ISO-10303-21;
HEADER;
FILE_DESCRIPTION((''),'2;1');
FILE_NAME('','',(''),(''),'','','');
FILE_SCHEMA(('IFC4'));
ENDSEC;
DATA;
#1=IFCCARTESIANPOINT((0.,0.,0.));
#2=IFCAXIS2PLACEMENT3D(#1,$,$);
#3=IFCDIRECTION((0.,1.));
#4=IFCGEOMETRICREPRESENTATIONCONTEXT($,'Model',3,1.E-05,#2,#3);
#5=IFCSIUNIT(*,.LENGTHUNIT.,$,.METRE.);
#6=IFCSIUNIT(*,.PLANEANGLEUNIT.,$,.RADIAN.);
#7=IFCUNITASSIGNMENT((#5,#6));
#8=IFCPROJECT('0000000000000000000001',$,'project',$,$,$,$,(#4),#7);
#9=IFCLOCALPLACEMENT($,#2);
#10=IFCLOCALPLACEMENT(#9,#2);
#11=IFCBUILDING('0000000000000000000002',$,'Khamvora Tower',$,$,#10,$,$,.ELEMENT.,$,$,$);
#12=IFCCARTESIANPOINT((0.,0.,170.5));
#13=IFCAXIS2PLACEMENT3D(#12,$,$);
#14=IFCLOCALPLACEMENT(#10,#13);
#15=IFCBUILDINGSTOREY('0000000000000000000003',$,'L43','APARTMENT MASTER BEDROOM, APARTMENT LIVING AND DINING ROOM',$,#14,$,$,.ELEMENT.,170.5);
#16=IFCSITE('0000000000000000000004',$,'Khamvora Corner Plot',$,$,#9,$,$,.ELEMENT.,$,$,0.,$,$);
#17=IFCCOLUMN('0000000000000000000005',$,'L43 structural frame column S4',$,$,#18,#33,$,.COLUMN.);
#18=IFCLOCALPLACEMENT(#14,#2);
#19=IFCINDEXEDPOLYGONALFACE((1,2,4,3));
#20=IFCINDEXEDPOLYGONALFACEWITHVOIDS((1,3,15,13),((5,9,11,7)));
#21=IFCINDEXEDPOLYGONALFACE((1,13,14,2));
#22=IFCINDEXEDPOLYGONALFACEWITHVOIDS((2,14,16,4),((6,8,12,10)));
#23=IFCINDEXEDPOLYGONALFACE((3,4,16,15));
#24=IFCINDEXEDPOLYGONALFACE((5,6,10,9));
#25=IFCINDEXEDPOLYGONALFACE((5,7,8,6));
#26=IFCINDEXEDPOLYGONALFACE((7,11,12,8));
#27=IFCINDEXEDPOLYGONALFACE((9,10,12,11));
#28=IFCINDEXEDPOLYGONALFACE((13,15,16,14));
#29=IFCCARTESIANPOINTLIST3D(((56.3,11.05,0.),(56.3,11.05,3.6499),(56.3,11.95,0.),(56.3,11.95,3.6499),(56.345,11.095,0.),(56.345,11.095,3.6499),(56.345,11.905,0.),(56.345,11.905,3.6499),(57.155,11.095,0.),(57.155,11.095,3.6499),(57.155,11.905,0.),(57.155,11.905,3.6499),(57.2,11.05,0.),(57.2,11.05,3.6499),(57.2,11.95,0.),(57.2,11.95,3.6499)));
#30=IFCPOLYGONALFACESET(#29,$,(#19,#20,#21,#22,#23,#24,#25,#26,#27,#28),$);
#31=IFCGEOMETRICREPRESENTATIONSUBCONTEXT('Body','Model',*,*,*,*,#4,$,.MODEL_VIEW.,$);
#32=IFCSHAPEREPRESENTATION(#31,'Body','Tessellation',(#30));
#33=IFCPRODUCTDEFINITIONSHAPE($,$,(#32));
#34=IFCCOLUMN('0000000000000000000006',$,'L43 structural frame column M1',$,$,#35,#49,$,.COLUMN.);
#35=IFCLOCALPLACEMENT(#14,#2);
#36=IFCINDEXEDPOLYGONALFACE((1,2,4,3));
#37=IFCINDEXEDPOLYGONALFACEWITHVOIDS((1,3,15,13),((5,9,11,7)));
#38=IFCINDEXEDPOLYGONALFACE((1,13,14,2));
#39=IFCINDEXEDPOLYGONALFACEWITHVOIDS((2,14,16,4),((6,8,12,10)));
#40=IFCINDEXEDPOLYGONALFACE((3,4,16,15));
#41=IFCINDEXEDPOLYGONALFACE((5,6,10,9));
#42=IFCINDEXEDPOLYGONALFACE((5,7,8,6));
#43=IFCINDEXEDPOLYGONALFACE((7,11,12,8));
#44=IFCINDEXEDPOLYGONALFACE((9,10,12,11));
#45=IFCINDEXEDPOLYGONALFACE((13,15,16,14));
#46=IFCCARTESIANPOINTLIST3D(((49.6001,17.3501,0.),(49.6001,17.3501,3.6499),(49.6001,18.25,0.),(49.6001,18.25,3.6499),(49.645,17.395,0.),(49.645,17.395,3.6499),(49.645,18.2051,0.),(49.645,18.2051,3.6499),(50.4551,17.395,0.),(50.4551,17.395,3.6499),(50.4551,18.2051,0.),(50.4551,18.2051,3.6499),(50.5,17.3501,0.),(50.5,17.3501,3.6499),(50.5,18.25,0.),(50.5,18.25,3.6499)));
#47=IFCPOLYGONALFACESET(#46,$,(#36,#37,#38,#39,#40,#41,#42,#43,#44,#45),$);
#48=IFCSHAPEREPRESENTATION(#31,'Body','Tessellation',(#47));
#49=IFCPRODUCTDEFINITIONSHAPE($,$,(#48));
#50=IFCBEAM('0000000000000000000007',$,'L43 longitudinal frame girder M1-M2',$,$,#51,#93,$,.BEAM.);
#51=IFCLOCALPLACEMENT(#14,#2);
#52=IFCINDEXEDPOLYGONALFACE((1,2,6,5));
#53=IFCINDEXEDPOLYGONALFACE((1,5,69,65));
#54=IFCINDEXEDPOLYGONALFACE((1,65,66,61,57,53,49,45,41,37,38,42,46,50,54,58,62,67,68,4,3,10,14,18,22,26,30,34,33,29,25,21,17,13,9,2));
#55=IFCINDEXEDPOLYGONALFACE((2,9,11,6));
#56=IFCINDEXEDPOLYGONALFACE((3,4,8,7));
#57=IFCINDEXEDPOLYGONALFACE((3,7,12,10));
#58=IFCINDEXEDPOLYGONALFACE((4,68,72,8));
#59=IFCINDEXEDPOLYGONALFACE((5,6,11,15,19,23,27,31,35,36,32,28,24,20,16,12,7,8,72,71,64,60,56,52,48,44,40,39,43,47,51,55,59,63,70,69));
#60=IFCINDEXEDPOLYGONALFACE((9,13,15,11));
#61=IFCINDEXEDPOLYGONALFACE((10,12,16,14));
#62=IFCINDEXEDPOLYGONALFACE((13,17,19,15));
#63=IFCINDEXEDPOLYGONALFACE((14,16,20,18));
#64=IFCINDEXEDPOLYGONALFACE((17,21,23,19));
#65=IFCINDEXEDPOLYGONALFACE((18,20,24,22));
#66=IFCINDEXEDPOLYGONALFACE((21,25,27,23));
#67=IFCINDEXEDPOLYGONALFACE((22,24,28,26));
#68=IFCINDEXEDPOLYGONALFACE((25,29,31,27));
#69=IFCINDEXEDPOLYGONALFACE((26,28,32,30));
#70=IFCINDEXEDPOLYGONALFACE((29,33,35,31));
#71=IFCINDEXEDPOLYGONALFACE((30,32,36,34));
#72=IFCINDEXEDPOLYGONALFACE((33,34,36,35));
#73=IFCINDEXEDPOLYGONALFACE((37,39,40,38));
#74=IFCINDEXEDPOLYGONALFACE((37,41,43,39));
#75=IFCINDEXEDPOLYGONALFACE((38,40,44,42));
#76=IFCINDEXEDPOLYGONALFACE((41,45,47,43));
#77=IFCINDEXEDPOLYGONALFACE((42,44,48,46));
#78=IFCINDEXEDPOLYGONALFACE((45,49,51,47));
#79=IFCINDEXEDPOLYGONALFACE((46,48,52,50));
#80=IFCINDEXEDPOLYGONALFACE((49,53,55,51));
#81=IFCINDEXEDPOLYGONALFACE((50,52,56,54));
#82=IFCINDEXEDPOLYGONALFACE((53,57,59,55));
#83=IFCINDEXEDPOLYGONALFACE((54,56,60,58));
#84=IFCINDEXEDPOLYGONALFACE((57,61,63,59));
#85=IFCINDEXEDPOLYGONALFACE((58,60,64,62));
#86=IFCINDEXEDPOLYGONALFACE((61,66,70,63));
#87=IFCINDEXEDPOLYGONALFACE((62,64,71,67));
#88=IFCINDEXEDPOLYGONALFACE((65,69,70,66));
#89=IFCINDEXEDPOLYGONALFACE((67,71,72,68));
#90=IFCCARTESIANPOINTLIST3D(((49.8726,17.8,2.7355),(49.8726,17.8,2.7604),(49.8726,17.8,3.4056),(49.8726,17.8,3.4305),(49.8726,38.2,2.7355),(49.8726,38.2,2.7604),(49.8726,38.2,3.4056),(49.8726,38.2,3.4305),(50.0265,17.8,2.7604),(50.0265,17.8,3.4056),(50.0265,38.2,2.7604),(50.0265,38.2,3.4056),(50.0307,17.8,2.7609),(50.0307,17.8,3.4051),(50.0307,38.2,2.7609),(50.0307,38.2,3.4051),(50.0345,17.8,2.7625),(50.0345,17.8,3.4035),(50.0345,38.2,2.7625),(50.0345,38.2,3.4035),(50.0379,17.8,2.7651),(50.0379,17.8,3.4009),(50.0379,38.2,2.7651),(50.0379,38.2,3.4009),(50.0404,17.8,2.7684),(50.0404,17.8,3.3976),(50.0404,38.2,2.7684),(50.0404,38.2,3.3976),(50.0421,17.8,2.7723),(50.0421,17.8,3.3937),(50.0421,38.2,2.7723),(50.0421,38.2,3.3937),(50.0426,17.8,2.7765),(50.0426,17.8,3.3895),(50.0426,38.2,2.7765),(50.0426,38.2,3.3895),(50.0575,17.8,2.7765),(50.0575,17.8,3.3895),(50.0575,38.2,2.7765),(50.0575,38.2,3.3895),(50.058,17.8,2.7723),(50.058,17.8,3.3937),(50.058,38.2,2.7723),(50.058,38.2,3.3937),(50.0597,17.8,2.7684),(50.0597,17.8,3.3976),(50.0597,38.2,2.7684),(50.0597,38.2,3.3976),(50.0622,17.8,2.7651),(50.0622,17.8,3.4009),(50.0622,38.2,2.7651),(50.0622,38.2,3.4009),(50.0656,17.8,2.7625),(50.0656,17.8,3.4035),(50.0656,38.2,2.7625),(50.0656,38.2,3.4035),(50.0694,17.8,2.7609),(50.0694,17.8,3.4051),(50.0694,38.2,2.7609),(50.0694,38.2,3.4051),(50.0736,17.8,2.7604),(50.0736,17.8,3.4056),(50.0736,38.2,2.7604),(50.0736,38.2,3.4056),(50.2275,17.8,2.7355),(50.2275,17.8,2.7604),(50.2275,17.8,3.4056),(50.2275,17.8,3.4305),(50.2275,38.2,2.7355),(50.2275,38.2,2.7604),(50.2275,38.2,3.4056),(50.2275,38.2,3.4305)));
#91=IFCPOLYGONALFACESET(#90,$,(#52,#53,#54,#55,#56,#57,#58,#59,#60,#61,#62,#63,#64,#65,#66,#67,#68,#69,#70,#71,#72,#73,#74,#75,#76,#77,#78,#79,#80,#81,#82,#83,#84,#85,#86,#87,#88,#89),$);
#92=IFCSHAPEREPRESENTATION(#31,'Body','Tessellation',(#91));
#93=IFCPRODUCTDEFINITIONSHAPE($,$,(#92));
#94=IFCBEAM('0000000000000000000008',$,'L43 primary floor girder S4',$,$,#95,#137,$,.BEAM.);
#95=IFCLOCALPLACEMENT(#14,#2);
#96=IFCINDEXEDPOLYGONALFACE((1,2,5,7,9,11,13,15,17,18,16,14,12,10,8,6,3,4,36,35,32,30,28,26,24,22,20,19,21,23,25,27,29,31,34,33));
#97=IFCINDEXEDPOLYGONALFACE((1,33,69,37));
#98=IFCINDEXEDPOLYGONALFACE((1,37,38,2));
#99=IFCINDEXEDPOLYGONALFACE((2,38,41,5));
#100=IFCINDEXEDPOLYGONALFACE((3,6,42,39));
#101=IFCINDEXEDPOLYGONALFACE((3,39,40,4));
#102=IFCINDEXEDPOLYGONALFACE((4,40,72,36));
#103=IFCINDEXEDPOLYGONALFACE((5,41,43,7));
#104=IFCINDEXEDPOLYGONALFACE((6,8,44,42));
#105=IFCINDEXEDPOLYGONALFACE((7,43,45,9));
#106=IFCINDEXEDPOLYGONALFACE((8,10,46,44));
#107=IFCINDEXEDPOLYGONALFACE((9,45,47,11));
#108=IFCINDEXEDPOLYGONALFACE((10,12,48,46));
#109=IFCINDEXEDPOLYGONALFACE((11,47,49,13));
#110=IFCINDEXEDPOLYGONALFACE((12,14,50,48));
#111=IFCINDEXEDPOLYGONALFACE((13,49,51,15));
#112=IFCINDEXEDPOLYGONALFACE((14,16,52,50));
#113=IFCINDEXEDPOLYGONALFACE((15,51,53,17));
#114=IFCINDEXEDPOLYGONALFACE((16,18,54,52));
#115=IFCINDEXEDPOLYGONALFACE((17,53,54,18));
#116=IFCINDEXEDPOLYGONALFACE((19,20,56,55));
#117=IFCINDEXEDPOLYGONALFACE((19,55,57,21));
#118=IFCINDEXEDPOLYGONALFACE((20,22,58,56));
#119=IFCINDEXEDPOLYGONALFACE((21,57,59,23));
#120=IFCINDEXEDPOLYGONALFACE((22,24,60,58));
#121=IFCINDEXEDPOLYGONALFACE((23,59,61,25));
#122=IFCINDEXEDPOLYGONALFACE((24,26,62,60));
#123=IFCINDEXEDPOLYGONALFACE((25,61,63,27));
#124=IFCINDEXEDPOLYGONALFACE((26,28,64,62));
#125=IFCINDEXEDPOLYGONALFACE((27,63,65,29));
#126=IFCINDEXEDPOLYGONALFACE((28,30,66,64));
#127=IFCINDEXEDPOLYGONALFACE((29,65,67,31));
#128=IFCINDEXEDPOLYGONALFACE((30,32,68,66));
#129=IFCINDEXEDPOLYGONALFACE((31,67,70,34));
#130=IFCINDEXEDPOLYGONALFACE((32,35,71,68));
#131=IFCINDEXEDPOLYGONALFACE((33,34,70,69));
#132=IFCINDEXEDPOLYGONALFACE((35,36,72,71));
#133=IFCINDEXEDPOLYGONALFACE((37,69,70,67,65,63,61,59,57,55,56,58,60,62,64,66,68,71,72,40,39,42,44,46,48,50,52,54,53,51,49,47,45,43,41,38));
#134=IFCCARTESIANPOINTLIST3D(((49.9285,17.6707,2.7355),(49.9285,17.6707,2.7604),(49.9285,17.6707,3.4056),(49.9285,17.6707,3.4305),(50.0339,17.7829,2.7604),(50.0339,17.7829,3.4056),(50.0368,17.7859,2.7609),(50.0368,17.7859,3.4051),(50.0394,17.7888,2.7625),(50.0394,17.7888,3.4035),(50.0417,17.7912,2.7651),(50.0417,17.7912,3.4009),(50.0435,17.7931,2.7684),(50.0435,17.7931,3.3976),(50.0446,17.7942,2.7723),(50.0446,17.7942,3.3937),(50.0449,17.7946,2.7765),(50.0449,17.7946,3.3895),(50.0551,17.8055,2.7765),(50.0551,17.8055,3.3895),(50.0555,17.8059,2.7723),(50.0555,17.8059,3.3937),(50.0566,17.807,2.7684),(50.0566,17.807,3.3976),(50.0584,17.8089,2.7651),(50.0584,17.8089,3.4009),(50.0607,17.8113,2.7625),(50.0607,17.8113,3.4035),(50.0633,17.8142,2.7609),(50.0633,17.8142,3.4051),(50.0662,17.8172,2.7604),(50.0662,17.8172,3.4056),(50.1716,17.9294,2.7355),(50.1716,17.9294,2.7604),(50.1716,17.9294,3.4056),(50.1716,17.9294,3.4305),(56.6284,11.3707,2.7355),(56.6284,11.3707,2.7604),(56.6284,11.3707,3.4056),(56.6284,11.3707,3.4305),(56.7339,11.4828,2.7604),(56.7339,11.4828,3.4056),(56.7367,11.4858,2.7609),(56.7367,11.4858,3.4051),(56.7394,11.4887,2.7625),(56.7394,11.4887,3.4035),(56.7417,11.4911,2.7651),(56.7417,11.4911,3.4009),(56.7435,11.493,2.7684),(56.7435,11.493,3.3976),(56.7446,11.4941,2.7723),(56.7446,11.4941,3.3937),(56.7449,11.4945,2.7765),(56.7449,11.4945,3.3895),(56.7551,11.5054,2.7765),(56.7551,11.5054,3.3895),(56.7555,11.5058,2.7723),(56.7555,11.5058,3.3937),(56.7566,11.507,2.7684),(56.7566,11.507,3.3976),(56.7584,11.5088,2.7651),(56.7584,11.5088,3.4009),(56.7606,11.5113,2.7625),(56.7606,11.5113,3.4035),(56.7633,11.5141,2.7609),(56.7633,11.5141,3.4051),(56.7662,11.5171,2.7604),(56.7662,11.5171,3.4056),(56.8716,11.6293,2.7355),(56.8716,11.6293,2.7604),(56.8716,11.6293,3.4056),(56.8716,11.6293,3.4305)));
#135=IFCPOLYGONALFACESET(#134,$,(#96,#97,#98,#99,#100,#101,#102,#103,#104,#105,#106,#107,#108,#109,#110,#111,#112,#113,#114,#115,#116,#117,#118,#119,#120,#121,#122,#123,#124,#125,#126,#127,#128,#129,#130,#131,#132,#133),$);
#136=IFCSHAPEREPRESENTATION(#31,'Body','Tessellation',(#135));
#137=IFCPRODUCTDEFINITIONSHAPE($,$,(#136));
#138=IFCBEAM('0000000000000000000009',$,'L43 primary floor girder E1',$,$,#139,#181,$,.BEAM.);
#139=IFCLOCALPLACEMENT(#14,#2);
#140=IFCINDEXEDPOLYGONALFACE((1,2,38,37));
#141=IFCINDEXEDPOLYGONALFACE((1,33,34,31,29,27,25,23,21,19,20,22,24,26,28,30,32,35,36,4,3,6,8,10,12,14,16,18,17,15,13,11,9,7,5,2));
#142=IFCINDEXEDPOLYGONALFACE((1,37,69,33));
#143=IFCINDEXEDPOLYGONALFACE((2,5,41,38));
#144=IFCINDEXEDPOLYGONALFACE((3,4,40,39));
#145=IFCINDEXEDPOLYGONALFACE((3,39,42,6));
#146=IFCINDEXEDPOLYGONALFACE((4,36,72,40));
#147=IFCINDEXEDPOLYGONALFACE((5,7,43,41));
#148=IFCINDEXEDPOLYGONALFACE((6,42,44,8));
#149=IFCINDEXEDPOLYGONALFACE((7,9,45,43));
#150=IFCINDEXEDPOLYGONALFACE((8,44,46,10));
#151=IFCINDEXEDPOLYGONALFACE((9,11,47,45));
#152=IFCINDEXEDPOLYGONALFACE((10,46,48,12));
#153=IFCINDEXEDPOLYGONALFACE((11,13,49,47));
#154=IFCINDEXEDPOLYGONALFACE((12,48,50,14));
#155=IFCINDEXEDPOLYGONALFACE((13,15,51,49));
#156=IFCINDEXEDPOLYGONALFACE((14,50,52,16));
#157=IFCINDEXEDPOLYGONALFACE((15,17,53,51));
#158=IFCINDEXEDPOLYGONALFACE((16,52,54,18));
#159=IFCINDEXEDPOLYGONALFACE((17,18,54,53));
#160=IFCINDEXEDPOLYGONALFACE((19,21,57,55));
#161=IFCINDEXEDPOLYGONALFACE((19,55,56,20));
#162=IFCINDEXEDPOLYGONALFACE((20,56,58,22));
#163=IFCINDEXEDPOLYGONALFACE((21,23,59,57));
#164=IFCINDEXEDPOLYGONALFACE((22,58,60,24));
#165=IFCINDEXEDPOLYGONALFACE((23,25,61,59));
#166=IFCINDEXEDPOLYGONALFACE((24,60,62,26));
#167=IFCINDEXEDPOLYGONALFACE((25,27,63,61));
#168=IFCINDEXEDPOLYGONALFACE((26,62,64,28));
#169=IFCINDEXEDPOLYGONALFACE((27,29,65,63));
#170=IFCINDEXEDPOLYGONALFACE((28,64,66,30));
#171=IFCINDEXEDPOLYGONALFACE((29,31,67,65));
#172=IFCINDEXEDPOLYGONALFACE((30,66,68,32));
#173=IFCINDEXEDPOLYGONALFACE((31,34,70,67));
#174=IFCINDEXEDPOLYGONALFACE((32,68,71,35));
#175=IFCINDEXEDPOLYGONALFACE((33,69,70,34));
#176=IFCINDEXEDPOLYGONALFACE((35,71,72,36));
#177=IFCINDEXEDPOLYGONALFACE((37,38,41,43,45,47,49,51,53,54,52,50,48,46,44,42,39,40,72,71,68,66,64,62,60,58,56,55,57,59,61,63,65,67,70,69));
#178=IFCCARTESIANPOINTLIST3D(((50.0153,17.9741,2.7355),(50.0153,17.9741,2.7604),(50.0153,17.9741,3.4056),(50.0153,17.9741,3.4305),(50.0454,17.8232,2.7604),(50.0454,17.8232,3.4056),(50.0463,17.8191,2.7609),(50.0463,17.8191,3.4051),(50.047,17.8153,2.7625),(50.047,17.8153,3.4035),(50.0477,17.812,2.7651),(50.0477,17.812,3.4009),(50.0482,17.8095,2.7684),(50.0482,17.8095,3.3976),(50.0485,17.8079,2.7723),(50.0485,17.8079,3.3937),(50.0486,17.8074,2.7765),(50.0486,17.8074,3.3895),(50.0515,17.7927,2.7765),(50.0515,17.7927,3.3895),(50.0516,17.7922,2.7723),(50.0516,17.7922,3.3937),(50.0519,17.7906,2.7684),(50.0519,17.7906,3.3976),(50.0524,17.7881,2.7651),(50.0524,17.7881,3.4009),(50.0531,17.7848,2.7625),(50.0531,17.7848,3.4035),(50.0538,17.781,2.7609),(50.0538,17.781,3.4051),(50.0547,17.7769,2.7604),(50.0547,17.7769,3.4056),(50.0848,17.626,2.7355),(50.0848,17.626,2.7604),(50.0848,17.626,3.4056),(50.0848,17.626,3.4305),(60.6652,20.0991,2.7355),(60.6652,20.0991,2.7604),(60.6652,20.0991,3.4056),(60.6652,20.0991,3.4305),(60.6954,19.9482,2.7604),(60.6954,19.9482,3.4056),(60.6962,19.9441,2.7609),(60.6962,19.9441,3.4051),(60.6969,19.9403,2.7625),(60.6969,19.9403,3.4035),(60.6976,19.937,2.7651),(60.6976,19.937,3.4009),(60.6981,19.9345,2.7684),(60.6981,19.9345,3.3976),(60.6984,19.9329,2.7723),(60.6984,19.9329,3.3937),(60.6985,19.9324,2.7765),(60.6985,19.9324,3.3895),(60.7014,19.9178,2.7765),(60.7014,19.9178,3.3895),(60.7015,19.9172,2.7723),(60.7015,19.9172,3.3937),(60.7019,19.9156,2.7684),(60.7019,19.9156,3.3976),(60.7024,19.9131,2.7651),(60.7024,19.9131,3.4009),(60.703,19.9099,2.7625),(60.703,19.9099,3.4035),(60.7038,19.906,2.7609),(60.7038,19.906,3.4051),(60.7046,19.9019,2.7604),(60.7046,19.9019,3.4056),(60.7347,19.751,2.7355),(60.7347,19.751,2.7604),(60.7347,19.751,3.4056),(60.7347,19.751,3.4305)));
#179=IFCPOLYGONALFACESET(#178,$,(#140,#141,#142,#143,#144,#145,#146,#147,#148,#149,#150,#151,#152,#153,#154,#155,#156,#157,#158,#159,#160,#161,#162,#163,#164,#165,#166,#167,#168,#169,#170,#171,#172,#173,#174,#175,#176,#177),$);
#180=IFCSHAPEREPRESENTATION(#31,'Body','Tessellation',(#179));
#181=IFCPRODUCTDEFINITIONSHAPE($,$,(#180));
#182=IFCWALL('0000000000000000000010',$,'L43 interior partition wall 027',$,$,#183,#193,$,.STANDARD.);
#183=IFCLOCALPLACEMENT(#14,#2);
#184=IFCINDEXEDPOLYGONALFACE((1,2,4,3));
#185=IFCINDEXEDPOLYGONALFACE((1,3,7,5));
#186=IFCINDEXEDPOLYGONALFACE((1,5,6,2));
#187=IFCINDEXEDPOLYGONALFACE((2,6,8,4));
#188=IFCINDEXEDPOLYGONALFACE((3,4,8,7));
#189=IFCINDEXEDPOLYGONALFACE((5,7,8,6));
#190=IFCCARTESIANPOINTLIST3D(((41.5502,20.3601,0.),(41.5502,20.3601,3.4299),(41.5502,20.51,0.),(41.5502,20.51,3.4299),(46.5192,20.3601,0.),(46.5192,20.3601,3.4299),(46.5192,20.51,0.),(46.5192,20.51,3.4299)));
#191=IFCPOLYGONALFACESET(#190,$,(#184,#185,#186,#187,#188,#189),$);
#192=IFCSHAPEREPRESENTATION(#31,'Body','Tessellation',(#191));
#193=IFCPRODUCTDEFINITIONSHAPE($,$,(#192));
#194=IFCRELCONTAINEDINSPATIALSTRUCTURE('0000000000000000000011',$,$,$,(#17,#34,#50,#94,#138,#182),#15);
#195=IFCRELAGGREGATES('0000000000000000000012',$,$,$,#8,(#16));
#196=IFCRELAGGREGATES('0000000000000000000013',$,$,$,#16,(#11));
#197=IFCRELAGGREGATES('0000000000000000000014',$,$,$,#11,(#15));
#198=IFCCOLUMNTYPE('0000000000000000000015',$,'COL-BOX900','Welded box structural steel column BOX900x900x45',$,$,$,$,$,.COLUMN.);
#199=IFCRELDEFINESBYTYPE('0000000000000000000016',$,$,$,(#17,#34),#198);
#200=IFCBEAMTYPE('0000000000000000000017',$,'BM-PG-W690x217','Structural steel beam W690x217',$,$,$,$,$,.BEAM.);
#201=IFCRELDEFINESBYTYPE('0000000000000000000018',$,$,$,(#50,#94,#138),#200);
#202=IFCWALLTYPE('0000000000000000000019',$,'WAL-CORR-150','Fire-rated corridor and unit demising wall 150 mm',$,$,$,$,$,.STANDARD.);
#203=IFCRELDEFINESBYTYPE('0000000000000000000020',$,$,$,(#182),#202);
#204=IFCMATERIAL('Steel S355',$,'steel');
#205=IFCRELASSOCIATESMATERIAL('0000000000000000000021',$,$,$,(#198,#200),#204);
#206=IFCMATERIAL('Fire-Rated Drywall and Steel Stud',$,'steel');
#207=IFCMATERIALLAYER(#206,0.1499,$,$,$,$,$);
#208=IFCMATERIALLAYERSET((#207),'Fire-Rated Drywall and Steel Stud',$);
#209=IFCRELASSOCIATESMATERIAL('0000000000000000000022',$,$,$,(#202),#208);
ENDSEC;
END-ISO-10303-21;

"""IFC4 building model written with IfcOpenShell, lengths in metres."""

from ifc_helpers import new_model, si_unit, direction, frame, frame_2d, origin, origin_2d, place, context, subcontext, project, spatial, rectangle, hollow_rectangle, i_section, extrude, material, layer, layer_set, material_profile, profile_set, type_object, element, save


model = new_model("IFC4")

# Units and contexts
model_context = context("Model", 3, precision=1e-05, world=origin(), true_north=direction((0.0, 1.0)))
body_context = subcontext(model_context, "Body", "Model", "MODEL_VIEW")
ifc_project = project(units=[si_unit("LENGTHUNIT", "METRE"), si_unit("PLANEANGLEUNIT", "RADIAN")], contexts=[model_context])

# Site, building, storey
site_placement = place(None, origin())
site = spatial("IfcSite", under=ifc_project, at=site_placement, Name="Khamvora Corner Plot", CompositionType="ELEMENT", RefElevation=0.0)
building_placement = place(site_placement, origin())
building = spatial("IfcBuilding", under=site, at=building_placement, Name="Khamvora Tower", CompositionType="ELEMENT")
storey_placement = place(building_placement, frame((0.0, 0.0, 170.5)))
storey = spatial("IfcBuildingStorey", under=building, at=storey_placement, Name="L43", Description="APARTMENT MASTER BEDROOM, APARTMENT LIVING AND DINING ROOM", CompositionType="ELEMENT", Elevation=170.5)

# Columns
ifc_material_1 = material(Name="Steel S355", Category="steel")
ifc_material_profile_1 = material_profile(ifc_material_1, hollow_rectangle(XDim=0.8999, YDim=0.8999, WallThickness=0.0449, at=origin_2d()), Name="BOX900x900x45")
ifc_profile_set_1 = profile_set([ifc_material_profile_1], Name="Steel S355")
column_type = type_object("IfcColumnType", Name="COL-BOX900", Description="Welded box structural steel column BOX900x900x45", PredefinedType="COLUMN", material=ifc_profile_set_1)
for number, where, z_axis, x_axis, name in (
    (1, (56.75, 11.5, 0.0), (0.0, 0.0, 1.0), (1.0, 0.0, 0.0), "L43 structural frame column S4"),
    (2, (50.05, 17.8, 0.0), (0.0, 0.0, 1.0), (1.0, 0.0, 0.0), "L43 structural frame column M1"),
):
    element("IfcColumn", number, at=place(storey_placement, frame(where, z_axis=z_axis, x_axis=x_axis)), inside=storey, type_object=column_type, Name=name, PredefinedType="COLUMN", context=body_context, shape_type="SweptSolid", body=[
        extrude(hollow_rectangle(XDim=0.8999, YDim=0.8999, WallThickness=0.0449, at=origin_2d()), origin(), (0.0, 0.0, 1.0), 3.6499),
    ])

# Beams
ifc_material_profile_2 = material_profile(ifc_material_1, i_section(OverallWidth=0.355, OverallDepth=0.6951, WebThickness=0.0149, FlangeThickness=0.0249, FilletRadius=0.0161, at=origin_2d()), Name="W690x217")
ifc_profile_set_2 = profile_set([ifc_material_profile_2], Name="Steel S355")
beam_type = type_object("IfcBeamType", Name="BM-PG-W690x217", Description="Structural steel beam W690x217", PredefinedType="BEAM", material=ifc_profile_set_2)
beam_1_placement = place(storey_placement, frame((50.05, 17.8, 3.083), z_axis=(0.0, 1.0, 0.0), x_axis=(-1.0, 0.0, 0.0)))
element("IfcBeam", 3, at=beam_1_placement, inside=storey, type_object=beam_type, Name="L43 longitudinal frame girder M1-M2", PredefinedType="BEAM", context=body_context, shape_type="SweptSolid", body=[
    extrude(i_section(OverallWidth=0.355, OverallDepth=0.6951, WebThickness=0.0149, FlangeThickness=0.0249, FilletRadius=0.0161, at=origin_2d()), origin(), (0.0, 0.0, 1.0), 20.3999),
])
beam_2_placement = place(storey_placement, frame((50.05, 17.8, 3.083), z_axis=(0.728514, -0.685031, 0.0), x_axis=(0.685031, 0.728514, 0.0)))
element("IfcBeam", 4, at=beam_2_placement, inside=storey, type_object=beam_type, Name="L43 primary floor girder S4", PredefinedType="BEAM", context=body_context, shape_type="SweptSolid", body=[
    extrude(i_section(OverallWidth=0.355, OverallDepth=0.6951, WebThickness=0.0149, FlangeThickness=0.0249, FilletRadius=0.0161, at=origin_2d()), origin(), (0.0, 0.0, 1.0), 9.1968),
])
beam_3_placement = place(storey_placement, frame((50.05, 17.8, 3.083), z_axis=(0.980669, 0.195675, 0.0), x_axis=(-0.195675, 0.980669, 0.0)))
element("IfcBeam", 5, at=beam_3_placement, inside=storey, type_object=beam_type, Name="L43 primary floor girder E1", PredefinedType="BEAM", context=body_context, shape_type="SweptSolid", body=[
    extrude(i_section(OverallWidth=0.355, OverallDepth=0.6951, WebThickness=0.0149, FlangeThickness=0.0249, FilletRadius=0.0161, at=origin_2d()), origin(), (0.0, 0.0, 1.0), 10.8599),
])

# Wall
ifc_material_2 = material(Name="Fire-Rated Drywall and Steel Stud", Category="steel")
ifc_layer_1 = layer(ifc_material_2, 0.1499)
ifc_layer_set_1 = layer_set([ifc_layer_1], Name="Fire-Rated Drywall and Steel Stud")
wall_type_1 = type_object("IfcWallType", Name="WAL-CORR-150", Description="Fire-rated corridor and unit demising wall 150 mm", PredefinedType="STANDARD", material=ifc_layer_set_1)
wall_1_placement = place(storey_placement, frame((46.519, 20.4351, 0.0), z_axis=(0.0, 0.0, 1.0), x_axis=(-1.0, 0.0, 0.0)))
element("IfcWall", 6, at=wall_1_placement, inside=storey, type_object=wall_type_1, Name="L43 interior partition wall 027", PredefinedType="STANDARD", context=body_context, shape_type="SweptSolid", body=[
    extrude(rectangle(XDim=4.969, YDim=0.1499, at=frame_2d((2.4844, 0.0))), origin(), (0.0, 0.0, 1.0), 3.4299),
])

save(model, "model.ifc")
